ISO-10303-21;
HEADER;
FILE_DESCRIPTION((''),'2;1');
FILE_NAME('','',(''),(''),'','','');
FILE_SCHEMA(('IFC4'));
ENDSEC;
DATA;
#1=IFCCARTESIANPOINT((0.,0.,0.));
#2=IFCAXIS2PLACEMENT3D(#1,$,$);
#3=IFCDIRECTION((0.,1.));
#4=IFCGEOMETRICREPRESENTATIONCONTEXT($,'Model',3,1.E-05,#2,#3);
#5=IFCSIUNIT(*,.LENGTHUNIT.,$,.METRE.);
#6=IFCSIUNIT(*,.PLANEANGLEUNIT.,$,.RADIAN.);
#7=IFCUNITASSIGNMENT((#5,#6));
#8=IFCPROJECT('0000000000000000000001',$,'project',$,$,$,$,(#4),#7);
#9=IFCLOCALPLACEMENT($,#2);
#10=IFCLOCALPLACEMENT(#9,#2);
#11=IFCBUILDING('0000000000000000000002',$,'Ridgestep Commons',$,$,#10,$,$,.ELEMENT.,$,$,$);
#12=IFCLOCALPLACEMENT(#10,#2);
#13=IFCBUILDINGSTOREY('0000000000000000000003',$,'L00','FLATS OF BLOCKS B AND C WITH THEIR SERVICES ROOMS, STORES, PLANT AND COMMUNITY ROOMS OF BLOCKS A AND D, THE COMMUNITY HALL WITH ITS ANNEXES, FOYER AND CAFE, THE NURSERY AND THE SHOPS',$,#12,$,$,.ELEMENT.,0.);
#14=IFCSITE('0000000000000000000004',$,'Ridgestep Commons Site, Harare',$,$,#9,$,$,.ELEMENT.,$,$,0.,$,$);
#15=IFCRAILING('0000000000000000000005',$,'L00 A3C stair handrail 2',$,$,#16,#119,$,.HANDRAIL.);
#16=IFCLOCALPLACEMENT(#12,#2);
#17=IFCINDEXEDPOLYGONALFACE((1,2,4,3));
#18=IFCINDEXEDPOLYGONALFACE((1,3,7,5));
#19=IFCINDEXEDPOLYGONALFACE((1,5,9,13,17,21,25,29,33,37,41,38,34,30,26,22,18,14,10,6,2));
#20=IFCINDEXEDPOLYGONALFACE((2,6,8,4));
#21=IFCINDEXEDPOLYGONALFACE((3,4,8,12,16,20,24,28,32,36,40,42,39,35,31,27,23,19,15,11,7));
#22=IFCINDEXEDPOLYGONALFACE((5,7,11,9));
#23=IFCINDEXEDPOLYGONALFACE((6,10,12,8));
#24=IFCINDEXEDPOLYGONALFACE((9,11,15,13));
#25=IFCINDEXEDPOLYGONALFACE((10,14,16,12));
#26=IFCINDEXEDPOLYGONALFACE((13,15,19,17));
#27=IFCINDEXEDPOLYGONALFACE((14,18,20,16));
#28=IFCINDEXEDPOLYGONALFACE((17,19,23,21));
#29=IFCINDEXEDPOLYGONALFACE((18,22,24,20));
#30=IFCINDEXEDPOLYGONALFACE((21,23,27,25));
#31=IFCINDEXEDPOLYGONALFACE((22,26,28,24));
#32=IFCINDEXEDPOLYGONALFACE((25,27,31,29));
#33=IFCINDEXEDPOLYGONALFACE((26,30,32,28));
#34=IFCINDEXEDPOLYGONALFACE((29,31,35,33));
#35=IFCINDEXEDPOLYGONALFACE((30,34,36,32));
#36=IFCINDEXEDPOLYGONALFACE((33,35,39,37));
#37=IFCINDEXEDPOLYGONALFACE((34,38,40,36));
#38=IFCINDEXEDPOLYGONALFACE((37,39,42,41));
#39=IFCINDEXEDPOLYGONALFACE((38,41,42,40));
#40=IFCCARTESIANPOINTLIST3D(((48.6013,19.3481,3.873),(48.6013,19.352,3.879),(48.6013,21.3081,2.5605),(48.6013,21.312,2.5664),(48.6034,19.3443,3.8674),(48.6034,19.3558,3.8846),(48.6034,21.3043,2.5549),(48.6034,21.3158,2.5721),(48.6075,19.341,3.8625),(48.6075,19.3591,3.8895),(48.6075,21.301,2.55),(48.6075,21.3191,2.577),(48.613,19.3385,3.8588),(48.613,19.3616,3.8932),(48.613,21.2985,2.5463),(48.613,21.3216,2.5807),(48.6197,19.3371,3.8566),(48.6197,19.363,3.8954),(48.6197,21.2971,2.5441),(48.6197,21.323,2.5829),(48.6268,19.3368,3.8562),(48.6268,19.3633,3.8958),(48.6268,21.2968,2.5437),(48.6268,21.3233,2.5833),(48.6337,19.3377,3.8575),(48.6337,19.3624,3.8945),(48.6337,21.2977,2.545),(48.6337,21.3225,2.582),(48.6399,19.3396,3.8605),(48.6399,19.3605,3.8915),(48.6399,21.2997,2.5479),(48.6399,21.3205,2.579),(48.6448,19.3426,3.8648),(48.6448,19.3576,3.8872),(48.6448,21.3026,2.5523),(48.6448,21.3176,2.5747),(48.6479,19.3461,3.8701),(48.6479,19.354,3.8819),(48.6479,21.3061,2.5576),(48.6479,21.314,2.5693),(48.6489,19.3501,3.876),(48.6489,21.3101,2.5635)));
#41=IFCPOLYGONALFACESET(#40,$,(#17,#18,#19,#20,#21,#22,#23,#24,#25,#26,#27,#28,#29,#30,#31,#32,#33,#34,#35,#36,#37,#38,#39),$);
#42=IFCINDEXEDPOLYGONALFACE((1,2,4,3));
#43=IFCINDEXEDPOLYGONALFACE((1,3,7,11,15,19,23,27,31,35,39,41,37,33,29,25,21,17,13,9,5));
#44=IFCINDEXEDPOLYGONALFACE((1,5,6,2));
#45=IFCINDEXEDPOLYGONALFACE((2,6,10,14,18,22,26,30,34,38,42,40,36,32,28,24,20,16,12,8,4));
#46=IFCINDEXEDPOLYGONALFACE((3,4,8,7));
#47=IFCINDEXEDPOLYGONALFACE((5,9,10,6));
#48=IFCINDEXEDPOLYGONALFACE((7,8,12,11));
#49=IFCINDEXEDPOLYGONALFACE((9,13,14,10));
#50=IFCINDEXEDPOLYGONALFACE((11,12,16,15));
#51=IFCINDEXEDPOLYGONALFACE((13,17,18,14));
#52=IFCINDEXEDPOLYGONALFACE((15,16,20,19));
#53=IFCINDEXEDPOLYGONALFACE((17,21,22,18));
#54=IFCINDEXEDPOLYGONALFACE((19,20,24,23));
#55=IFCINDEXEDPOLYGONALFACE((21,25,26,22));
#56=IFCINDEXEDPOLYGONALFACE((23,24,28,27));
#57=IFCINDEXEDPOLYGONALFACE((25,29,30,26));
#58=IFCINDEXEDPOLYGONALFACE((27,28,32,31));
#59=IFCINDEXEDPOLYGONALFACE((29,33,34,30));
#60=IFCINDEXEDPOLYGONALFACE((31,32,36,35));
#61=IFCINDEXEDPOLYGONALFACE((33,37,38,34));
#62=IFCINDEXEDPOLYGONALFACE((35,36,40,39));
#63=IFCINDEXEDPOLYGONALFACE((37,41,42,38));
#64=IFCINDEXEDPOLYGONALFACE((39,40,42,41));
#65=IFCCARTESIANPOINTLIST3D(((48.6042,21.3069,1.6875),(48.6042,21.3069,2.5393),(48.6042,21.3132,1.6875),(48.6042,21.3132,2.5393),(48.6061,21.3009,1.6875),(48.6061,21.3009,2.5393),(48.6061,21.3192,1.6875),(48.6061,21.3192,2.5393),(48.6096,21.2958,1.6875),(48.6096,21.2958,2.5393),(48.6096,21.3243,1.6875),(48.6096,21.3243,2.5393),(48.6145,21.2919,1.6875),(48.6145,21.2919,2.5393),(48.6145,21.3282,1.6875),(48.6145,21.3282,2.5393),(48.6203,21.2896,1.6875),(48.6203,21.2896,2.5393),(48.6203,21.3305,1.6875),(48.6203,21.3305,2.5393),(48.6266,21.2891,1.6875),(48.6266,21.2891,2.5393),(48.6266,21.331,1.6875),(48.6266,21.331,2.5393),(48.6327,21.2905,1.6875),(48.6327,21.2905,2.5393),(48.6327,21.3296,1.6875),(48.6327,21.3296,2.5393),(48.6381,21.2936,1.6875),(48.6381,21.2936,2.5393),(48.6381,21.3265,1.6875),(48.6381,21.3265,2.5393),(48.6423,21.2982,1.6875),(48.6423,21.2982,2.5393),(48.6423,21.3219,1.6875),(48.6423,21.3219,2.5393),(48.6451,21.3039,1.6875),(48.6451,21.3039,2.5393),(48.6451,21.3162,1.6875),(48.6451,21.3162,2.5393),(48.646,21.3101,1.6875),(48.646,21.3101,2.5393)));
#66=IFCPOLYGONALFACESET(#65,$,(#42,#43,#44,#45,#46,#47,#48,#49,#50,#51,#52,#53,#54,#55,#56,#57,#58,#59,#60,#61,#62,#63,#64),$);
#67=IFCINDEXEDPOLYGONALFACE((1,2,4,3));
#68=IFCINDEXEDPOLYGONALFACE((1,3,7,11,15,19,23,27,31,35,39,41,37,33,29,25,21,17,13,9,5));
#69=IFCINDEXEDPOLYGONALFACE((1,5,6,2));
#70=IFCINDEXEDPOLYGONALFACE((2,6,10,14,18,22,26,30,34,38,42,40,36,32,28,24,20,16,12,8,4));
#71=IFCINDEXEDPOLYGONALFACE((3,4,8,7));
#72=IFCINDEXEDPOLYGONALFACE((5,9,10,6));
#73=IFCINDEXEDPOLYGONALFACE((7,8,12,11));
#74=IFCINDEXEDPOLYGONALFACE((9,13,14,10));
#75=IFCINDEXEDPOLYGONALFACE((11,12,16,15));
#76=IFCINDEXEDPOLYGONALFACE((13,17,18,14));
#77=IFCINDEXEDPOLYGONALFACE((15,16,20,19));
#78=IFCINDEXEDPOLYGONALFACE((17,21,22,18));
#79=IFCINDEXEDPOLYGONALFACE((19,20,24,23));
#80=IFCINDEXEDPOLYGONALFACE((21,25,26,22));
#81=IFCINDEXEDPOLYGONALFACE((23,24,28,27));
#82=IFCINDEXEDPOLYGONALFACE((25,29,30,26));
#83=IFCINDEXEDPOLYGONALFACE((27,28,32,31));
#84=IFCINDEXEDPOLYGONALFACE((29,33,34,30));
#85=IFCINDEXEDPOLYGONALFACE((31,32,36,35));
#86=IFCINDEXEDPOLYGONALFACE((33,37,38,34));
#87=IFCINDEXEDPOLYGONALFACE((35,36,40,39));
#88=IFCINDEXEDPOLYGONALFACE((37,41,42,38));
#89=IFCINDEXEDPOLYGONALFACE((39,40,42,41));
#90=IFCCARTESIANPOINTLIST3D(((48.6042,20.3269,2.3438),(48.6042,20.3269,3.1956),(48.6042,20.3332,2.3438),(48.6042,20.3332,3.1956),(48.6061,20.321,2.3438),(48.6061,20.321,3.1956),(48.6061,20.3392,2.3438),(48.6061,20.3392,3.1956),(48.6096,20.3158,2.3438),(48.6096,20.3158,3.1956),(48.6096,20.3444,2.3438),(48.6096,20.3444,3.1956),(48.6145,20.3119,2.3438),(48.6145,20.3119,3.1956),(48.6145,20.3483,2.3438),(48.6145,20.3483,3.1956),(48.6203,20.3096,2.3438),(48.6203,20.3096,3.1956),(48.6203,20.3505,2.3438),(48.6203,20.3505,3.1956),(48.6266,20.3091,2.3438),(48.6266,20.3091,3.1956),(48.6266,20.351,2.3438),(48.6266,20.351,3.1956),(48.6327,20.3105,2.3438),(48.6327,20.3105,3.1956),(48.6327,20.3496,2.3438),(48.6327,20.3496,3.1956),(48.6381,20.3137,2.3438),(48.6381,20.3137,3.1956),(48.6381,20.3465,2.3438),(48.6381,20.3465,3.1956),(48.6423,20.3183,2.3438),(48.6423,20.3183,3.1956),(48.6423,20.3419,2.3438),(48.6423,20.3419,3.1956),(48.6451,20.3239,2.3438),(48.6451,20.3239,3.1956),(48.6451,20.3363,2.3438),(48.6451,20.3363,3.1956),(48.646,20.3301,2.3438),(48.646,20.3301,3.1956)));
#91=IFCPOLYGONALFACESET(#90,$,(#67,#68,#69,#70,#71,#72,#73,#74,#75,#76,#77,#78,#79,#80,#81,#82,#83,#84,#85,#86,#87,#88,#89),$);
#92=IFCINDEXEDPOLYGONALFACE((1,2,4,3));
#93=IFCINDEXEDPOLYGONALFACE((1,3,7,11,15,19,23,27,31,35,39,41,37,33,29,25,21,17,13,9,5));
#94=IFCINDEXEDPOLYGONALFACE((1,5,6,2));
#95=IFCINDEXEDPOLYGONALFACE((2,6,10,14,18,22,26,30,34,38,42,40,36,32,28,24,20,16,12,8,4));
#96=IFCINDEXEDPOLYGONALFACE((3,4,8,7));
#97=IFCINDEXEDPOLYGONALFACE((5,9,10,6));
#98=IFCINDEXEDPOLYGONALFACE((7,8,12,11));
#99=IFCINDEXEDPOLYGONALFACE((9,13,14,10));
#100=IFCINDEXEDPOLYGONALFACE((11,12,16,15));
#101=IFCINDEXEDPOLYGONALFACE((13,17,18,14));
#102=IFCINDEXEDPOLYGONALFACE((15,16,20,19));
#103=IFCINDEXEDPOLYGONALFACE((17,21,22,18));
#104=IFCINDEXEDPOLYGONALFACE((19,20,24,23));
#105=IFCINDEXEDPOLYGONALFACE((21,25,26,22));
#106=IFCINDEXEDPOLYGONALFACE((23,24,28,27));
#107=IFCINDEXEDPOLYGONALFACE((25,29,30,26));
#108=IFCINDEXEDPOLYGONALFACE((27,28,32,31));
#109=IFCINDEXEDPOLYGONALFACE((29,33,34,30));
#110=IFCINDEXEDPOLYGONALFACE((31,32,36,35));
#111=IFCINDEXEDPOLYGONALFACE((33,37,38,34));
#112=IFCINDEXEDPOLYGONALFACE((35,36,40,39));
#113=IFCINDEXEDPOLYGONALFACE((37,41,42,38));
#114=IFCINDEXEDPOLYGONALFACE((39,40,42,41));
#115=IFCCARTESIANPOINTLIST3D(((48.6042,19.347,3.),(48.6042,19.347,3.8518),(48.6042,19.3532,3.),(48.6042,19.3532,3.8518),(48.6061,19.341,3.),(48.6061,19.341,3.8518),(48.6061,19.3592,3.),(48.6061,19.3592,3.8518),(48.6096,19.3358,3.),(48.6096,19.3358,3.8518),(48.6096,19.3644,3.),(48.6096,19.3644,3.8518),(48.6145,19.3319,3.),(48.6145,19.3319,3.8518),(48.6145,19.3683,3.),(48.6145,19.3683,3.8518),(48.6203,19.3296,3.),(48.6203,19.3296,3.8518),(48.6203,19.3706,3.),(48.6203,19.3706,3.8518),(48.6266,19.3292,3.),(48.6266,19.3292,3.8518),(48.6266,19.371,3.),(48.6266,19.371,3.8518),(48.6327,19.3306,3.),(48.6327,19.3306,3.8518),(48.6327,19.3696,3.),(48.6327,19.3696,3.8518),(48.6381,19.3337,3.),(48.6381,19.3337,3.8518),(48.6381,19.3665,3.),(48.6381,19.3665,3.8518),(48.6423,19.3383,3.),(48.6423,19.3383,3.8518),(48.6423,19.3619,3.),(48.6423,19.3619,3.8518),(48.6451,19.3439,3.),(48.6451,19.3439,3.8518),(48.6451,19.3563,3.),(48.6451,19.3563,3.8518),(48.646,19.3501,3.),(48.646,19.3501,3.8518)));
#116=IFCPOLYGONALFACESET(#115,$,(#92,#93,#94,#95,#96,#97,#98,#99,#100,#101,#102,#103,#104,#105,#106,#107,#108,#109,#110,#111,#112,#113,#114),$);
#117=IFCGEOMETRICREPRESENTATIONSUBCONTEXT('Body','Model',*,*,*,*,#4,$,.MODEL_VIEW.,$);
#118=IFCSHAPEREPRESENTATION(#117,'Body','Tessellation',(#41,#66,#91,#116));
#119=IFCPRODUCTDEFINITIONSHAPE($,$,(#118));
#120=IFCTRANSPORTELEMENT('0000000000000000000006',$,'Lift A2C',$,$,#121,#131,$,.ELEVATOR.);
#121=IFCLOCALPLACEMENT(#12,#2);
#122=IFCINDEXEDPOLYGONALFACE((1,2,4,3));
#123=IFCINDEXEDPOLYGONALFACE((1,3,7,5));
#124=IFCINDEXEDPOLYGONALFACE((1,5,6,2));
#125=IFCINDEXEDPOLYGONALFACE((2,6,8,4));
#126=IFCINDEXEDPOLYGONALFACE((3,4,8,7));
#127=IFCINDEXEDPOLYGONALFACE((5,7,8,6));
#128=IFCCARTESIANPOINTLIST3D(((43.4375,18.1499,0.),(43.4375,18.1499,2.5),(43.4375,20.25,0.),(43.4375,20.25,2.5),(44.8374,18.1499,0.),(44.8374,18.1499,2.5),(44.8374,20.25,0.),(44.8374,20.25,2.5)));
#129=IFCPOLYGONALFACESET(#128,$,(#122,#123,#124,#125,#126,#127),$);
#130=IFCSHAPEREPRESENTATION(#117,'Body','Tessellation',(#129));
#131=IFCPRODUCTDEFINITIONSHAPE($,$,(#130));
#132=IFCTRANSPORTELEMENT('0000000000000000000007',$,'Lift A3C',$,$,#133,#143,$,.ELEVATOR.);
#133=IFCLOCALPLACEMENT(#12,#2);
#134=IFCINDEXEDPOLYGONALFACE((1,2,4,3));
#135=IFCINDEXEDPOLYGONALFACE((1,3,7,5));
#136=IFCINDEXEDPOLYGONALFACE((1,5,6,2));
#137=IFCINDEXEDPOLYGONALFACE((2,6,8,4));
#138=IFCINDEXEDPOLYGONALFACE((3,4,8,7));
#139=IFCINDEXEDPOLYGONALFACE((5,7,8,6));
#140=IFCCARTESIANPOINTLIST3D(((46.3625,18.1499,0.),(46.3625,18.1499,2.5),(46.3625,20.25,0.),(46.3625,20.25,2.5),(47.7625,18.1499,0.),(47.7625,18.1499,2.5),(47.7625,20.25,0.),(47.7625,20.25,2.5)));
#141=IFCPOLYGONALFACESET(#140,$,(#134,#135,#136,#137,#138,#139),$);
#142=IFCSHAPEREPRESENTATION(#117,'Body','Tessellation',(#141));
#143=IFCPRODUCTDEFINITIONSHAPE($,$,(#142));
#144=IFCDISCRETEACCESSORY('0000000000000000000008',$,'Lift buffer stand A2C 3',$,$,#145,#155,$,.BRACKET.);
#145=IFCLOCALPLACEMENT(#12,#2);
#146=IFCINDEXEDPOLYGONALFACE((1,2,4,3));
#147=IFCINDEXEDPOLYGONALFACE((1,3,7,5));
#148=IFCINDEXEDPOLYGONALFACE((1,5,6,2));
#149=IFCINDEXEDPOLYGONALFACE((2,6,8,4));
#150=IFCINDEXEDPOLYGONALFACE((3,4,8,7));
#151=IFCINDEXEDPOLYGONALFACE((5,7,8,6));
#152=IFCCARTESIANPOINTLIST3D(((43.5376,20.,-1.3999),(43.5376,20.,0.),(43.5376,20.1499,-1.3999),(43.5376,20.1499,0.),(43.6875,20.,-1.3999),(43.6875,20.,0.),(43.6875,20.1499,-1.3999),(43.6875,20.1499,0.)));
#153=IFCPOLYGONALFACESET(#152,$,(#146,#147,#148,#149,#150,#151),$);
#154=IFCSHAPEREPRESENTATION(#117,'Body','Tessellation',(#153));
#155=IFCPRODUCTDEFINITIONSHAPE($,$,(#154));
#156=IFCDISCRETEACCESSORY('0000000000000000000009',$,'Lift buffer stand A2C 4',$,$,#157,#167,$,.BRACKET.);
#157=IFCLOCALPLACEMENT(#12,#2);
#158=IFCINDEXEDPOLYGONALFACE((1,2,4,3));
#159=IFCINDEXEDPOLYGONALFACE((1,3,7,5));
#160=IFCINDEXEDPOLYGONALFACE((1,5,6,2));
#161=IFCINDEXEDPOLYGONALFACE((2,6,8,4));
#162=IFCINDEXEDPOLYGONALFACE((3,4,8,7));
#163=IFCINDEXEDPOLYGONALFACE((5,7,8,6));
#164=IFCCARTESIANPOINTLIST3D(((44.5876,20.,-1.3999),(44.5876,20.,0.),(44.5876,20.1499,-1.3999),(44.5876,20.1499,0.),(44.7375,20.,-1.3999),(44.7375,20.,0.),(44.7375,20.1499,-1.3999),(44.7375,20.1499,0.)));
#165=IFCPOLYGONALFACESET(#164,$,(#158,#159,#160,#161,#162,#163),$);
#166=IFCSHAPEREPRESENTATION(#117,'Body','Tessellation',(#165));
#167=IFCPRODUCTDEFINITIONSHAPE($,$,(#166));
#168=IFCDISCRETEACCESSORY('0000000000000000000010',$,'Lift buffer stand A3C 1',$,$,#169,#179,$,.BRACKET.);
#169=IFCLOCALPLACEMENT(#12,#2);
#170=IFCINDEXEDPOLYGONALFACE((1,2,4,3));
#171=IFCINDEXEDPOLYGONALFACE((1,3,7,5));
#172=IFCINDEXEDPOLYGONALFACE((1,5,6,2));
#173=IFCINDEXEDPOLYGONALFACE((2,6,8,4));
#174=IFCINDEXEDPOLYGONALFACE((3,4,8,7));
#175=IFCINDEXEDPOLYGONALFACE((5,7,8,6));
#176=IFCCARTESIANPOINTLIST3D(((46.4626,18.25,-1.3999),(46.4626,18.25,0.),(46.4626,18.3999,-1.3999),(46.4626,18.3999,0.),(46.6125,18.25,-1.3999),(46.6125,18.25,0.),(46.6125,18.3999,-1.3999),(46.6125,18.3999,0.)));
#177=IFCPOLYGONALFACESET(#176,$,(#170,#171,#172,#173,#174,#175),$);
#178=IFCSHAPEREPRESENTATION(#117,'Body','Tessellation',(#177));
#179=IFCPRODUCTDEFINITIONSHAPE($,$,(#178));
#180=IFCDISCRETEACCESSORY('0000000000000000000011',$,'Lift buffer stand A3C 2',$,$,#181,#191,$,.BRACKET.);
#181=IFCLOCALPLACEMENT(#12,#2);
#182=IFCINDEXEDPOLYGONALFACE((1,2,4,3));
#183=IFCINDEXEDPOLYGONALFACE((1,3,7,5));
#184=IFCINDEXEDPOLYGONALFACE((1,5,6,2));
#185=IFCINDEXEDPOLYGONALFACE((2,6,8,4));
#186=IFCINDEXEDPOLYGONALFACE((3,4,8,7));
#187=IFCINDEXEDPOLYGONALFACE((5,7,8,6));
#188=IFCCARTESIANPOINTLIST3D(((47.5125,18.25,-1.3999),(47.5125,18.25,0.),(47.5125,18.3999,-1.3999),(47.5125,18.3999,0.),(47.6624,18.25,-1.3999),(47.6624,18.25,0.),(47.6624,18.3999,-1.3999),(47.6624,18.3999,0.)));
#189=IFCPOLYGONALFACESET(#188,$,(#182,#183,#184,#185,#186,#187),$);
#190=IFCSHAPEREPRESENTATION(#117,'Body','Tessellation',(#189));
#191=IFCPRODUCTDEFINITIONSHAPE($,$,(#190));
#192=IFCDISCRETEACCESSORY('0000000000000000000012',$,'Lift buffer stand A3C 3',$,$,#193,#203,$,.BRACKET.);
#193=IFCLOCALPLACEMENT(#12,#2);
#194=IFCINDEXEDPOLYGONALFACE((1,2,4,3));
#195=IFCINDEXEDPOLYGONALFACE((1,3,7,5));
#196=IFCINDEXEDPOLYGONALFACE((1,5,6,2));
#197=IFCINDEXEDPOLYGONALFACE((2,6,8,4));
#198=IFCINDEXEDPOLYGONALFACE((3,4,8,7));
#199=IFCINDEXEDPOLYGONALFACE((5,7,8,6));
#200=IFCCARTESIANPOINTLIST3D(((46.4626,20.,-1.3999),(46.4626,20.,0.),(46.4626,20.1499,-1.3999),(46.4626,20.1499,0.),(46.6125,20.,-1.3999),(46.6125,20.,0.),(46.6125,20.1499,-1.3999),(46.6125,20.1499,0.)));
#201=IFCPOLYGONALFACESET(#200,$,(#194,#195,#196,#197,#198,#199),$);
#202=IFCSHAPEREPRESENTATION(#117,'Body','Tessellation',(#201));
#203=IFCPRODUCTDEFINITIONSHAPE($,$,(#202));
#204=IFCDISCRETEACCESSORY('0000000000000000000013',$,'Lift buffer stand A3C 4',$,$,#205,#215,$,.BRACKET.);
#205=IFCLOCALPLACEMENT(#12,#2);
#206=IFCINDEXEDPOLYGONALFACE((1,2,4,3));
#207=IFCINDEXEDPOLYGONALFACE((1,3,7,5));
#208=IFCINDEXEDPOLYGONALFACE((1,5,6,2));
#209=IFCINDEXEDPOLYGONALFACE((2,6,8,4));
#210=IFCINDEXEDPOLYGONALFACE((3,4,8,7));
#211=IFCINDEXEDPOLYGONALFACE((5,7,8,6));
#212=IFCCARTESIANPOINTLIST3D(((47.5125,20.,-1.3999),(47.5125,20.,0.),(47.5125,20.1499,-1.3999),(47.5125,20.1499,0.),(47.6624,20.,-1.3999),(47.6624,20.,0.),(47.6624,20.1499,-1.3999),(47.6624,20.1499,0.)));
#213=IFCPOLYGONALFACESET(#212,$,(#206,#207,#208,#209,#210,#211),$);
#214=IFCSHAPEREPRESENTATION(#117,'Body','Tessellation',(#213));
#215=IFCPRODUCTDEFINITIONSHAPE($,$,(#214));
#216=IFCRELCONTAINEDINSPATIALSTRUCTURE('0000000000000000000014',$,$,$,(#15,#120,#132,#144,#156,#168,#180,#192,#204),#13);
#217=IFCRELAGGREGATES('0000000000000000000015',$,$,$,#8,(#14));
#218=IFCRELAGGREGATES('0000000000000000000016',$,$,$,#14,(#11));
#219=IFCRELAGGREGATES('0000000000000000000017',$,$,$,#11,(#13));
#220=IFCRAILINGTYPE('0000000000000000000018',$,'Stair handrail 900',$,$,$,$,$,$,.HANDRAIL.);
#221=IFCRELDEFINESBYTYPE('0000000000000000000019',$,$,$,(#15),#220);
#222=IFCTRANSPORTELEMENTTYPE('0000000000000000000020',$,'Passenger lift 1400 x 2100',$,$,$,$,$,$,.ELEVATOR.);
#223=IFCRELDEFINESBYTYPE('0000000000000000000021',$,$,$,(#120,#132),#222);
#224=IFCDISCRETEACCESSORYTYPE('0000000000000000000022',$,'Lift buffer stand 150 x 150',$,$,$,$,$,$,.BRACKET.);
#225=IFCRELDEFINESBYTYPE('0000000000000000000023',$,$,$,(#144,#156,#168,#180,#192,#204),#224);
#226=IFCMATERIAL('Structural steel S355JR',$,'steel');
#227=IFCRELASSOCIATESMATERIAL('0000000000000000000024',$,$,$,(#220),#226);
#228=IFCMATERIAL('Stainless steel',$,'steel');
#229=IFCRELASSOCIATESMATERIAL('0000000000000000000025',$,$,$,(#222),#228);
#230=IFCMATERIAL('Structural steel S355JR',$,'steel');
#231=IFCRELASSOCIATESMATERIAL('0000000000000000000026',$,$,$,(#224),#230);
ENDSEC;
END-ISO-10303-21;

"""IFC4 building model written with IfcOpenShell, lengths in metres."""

from ifc_helpers import new_model, si_unit, direction, frame, origin, origin_2d, place, context, subcontext, project, spatial, rectangle, circle, extrude, material, type_object, element, save


model = new_model("IFC4")

# Units and contexts
model_context = context("Model", 3, precision=1e-05, world=origin(), true_north=direction((0.0, 1.0)))
body_context = subcontext(model_context, "Body", "Model", "MODEL_VIEW")
ifc_project = project(units=[si_unit("LENGTHUNIT", "METRE"), si_unit("PLANEANGLEUNIT", "RADIAN")], contexts=[model_context])

# Site, building, storey
site_placement = place(None, origin())
site = spatial("IfcSite", under=ifc_project, at=site_placement, Name="Ridgestep Commons Site, Harare", CompositionType="ELEMENT", RefElevation=0.0)
building_placement = place(site_placement, origin())
building = spatial("IfcBuilding", under=site, at=building_placement, Name="Ridgestep Commons", CompositionType="ELEMENT")
storey_placement = place(building_placement, origin())
storey = spatial("IfcBuildingStorey", under=building, at=storey_placement, Name="L00", Description="FLATS OF BLOCKS B AND C WITH THEIR SERVICES ROOMS, STORES, PLANT AND COMMUNITY ROOMS OF BLOCKS A AND D, THE COMMUNITY HALL WITH ITS ANNEXES, FOYER AND CAFE, THE NURSERY AND THE SHOPS", CompositionType="ELEMENT", Elevation=0.0)

# Railing
ifc_material_1 = material(Name="Structural steel S355JR", Category="steel")
railing_type_1 = type_object("IfcRailingType", Name="Stair handrail 900", PredefinedType="HANDRAIL", material=ifc_material_1)
railing_1_placement = place(storey_placement, frame((48.625, 21.3101, 1.6875)))
element("IfcRailing", 1, at=railing_1_placement, inside=storey, type_object=railing_type_1, Name="L00 A3C stair handrail 2", PredefinedType="HANDRAIL", context=body_context, shape_type="SweptSolid", body=[
    extrude(circle(Radius=0.0239, at=origin_2d()), frame((0.0, 0.0, 0.876), z_axis=(0.0, -0.830902, 0.556419), x_axis=(1.0, 0.0, 0.0)), (0.0, 0.0, 1.0), 2.3589),
    extrude(circle(Radius=0.021, at=origin_2d()), origin(), (0.0, 0.0, 1.0), 0.8518),
    extrude(circle(Radius=0.021, at=origin_2d()), frame((0.0, -0.98, 0.6562)), (0.0, 0.0, 1.0), 0.8518),
    extrude(circle(Radius=0.021, at=origin_2d()), frame((0.0, -1.96, 1.3125)), (0.0, 0.0, 1.0), 0.8518),
])

# Transport elements
ifc_material_2 = material(Name="Stainless steel", Category="steel")
transport_element_type = type_object("IfcTransportElementType", Name="Passenger lift 1400 x 2100", PredefinedType="ELEVATOR", material=ifc_material_2)
for number, where, z_axis, x_axis, name in (
    (2, (44.1375, 19.2, 0.0), (0.0, 0.0, 1.0), (1.0, 0.0, 0.0), "Lift A2C"),
    (3, (47.0625, 19.2, 0.0), (0.0, 0.0, 1.0), (1.0, 0.0, 0.0), "Lift A3C"),
):
    element("IfcTransportElement", number, at=place(storey_placement, frame(where, z_axis=z_axis, x_axis=x_axis)), inside=storey, type_object=transport_element_type, Name=name, PredefinedType="ELEVATOR", context=body_context, shape_type="SweptSolid", body=[
        extrude(rectangle(XDim=1.3999, YDim=2.1001, at=origin_2d()), origin(), (0.0, 0.0, 1.0), 2.5),
    ])

# Discrete accessories
ifc_material_3 = material(Name="Structural steel S355JR", Category="steel")
discrete_accessory_type = type_object("IfcDiscreteAccessoryType", Name="Lift buffer stand 150 x 150", PredefinedType="BRACKET", material=ifc_material_3)
for number, where, z_axis, x_axis, name in (
    (4, (43.6125, 20.075, -1.3999), (0.0, 0.0, 1.0), (1.0, 0.0, 0.0), "Lift buffer stand A2C 3"),
    (5, (44.6626, 20.075, -1.3999), (0.0, 0.0, 1.0), (1.0, 0.0, 0.0), "Lift buffer stand A2C 4"),
    (6, (46.5376, 18.325, -1.3999), (0.0, 0.0, 1.0), (1.0, 0.0, 0.0), "Lift buffer stand A3C 1"),
    (7, (47.5874, 18.325, -1.3999), (0.0, 0.0, 1.0), (1.0, 0.0, 0.0), "Lift buffer stand A3C 2"),
    (8, (46.5376, 20.075, -1.3999), (0.0, 0.0, 1.0), (1.0, 0.0, 0.0), "Lift buffer stand A3C 3"),
    (9, (47.5874, 20.075, -1.3999), (0.0, 0.0, 1.0), (1.0, 0.0, 0.0), "Lift buffer stand A3C 4"),
):
    element("IfcDiscreteAccessory", number, at=place(storey_placement, frame(where, z_axis=z_axis, x_axis=x_axis)), inside=storey, type_object=discrete_accessory_type, Name=name, PredefinedType="BRACKET", context=body_context, shape_type="SweptSolid", body=[
        extrude(rectangle(XDim=0.1499, YDim=0.1499, at=origin_2d()), origin(), (0.0, 0.0, 1.0), 1.3999),
    ])

save(model, "model.ifc")
